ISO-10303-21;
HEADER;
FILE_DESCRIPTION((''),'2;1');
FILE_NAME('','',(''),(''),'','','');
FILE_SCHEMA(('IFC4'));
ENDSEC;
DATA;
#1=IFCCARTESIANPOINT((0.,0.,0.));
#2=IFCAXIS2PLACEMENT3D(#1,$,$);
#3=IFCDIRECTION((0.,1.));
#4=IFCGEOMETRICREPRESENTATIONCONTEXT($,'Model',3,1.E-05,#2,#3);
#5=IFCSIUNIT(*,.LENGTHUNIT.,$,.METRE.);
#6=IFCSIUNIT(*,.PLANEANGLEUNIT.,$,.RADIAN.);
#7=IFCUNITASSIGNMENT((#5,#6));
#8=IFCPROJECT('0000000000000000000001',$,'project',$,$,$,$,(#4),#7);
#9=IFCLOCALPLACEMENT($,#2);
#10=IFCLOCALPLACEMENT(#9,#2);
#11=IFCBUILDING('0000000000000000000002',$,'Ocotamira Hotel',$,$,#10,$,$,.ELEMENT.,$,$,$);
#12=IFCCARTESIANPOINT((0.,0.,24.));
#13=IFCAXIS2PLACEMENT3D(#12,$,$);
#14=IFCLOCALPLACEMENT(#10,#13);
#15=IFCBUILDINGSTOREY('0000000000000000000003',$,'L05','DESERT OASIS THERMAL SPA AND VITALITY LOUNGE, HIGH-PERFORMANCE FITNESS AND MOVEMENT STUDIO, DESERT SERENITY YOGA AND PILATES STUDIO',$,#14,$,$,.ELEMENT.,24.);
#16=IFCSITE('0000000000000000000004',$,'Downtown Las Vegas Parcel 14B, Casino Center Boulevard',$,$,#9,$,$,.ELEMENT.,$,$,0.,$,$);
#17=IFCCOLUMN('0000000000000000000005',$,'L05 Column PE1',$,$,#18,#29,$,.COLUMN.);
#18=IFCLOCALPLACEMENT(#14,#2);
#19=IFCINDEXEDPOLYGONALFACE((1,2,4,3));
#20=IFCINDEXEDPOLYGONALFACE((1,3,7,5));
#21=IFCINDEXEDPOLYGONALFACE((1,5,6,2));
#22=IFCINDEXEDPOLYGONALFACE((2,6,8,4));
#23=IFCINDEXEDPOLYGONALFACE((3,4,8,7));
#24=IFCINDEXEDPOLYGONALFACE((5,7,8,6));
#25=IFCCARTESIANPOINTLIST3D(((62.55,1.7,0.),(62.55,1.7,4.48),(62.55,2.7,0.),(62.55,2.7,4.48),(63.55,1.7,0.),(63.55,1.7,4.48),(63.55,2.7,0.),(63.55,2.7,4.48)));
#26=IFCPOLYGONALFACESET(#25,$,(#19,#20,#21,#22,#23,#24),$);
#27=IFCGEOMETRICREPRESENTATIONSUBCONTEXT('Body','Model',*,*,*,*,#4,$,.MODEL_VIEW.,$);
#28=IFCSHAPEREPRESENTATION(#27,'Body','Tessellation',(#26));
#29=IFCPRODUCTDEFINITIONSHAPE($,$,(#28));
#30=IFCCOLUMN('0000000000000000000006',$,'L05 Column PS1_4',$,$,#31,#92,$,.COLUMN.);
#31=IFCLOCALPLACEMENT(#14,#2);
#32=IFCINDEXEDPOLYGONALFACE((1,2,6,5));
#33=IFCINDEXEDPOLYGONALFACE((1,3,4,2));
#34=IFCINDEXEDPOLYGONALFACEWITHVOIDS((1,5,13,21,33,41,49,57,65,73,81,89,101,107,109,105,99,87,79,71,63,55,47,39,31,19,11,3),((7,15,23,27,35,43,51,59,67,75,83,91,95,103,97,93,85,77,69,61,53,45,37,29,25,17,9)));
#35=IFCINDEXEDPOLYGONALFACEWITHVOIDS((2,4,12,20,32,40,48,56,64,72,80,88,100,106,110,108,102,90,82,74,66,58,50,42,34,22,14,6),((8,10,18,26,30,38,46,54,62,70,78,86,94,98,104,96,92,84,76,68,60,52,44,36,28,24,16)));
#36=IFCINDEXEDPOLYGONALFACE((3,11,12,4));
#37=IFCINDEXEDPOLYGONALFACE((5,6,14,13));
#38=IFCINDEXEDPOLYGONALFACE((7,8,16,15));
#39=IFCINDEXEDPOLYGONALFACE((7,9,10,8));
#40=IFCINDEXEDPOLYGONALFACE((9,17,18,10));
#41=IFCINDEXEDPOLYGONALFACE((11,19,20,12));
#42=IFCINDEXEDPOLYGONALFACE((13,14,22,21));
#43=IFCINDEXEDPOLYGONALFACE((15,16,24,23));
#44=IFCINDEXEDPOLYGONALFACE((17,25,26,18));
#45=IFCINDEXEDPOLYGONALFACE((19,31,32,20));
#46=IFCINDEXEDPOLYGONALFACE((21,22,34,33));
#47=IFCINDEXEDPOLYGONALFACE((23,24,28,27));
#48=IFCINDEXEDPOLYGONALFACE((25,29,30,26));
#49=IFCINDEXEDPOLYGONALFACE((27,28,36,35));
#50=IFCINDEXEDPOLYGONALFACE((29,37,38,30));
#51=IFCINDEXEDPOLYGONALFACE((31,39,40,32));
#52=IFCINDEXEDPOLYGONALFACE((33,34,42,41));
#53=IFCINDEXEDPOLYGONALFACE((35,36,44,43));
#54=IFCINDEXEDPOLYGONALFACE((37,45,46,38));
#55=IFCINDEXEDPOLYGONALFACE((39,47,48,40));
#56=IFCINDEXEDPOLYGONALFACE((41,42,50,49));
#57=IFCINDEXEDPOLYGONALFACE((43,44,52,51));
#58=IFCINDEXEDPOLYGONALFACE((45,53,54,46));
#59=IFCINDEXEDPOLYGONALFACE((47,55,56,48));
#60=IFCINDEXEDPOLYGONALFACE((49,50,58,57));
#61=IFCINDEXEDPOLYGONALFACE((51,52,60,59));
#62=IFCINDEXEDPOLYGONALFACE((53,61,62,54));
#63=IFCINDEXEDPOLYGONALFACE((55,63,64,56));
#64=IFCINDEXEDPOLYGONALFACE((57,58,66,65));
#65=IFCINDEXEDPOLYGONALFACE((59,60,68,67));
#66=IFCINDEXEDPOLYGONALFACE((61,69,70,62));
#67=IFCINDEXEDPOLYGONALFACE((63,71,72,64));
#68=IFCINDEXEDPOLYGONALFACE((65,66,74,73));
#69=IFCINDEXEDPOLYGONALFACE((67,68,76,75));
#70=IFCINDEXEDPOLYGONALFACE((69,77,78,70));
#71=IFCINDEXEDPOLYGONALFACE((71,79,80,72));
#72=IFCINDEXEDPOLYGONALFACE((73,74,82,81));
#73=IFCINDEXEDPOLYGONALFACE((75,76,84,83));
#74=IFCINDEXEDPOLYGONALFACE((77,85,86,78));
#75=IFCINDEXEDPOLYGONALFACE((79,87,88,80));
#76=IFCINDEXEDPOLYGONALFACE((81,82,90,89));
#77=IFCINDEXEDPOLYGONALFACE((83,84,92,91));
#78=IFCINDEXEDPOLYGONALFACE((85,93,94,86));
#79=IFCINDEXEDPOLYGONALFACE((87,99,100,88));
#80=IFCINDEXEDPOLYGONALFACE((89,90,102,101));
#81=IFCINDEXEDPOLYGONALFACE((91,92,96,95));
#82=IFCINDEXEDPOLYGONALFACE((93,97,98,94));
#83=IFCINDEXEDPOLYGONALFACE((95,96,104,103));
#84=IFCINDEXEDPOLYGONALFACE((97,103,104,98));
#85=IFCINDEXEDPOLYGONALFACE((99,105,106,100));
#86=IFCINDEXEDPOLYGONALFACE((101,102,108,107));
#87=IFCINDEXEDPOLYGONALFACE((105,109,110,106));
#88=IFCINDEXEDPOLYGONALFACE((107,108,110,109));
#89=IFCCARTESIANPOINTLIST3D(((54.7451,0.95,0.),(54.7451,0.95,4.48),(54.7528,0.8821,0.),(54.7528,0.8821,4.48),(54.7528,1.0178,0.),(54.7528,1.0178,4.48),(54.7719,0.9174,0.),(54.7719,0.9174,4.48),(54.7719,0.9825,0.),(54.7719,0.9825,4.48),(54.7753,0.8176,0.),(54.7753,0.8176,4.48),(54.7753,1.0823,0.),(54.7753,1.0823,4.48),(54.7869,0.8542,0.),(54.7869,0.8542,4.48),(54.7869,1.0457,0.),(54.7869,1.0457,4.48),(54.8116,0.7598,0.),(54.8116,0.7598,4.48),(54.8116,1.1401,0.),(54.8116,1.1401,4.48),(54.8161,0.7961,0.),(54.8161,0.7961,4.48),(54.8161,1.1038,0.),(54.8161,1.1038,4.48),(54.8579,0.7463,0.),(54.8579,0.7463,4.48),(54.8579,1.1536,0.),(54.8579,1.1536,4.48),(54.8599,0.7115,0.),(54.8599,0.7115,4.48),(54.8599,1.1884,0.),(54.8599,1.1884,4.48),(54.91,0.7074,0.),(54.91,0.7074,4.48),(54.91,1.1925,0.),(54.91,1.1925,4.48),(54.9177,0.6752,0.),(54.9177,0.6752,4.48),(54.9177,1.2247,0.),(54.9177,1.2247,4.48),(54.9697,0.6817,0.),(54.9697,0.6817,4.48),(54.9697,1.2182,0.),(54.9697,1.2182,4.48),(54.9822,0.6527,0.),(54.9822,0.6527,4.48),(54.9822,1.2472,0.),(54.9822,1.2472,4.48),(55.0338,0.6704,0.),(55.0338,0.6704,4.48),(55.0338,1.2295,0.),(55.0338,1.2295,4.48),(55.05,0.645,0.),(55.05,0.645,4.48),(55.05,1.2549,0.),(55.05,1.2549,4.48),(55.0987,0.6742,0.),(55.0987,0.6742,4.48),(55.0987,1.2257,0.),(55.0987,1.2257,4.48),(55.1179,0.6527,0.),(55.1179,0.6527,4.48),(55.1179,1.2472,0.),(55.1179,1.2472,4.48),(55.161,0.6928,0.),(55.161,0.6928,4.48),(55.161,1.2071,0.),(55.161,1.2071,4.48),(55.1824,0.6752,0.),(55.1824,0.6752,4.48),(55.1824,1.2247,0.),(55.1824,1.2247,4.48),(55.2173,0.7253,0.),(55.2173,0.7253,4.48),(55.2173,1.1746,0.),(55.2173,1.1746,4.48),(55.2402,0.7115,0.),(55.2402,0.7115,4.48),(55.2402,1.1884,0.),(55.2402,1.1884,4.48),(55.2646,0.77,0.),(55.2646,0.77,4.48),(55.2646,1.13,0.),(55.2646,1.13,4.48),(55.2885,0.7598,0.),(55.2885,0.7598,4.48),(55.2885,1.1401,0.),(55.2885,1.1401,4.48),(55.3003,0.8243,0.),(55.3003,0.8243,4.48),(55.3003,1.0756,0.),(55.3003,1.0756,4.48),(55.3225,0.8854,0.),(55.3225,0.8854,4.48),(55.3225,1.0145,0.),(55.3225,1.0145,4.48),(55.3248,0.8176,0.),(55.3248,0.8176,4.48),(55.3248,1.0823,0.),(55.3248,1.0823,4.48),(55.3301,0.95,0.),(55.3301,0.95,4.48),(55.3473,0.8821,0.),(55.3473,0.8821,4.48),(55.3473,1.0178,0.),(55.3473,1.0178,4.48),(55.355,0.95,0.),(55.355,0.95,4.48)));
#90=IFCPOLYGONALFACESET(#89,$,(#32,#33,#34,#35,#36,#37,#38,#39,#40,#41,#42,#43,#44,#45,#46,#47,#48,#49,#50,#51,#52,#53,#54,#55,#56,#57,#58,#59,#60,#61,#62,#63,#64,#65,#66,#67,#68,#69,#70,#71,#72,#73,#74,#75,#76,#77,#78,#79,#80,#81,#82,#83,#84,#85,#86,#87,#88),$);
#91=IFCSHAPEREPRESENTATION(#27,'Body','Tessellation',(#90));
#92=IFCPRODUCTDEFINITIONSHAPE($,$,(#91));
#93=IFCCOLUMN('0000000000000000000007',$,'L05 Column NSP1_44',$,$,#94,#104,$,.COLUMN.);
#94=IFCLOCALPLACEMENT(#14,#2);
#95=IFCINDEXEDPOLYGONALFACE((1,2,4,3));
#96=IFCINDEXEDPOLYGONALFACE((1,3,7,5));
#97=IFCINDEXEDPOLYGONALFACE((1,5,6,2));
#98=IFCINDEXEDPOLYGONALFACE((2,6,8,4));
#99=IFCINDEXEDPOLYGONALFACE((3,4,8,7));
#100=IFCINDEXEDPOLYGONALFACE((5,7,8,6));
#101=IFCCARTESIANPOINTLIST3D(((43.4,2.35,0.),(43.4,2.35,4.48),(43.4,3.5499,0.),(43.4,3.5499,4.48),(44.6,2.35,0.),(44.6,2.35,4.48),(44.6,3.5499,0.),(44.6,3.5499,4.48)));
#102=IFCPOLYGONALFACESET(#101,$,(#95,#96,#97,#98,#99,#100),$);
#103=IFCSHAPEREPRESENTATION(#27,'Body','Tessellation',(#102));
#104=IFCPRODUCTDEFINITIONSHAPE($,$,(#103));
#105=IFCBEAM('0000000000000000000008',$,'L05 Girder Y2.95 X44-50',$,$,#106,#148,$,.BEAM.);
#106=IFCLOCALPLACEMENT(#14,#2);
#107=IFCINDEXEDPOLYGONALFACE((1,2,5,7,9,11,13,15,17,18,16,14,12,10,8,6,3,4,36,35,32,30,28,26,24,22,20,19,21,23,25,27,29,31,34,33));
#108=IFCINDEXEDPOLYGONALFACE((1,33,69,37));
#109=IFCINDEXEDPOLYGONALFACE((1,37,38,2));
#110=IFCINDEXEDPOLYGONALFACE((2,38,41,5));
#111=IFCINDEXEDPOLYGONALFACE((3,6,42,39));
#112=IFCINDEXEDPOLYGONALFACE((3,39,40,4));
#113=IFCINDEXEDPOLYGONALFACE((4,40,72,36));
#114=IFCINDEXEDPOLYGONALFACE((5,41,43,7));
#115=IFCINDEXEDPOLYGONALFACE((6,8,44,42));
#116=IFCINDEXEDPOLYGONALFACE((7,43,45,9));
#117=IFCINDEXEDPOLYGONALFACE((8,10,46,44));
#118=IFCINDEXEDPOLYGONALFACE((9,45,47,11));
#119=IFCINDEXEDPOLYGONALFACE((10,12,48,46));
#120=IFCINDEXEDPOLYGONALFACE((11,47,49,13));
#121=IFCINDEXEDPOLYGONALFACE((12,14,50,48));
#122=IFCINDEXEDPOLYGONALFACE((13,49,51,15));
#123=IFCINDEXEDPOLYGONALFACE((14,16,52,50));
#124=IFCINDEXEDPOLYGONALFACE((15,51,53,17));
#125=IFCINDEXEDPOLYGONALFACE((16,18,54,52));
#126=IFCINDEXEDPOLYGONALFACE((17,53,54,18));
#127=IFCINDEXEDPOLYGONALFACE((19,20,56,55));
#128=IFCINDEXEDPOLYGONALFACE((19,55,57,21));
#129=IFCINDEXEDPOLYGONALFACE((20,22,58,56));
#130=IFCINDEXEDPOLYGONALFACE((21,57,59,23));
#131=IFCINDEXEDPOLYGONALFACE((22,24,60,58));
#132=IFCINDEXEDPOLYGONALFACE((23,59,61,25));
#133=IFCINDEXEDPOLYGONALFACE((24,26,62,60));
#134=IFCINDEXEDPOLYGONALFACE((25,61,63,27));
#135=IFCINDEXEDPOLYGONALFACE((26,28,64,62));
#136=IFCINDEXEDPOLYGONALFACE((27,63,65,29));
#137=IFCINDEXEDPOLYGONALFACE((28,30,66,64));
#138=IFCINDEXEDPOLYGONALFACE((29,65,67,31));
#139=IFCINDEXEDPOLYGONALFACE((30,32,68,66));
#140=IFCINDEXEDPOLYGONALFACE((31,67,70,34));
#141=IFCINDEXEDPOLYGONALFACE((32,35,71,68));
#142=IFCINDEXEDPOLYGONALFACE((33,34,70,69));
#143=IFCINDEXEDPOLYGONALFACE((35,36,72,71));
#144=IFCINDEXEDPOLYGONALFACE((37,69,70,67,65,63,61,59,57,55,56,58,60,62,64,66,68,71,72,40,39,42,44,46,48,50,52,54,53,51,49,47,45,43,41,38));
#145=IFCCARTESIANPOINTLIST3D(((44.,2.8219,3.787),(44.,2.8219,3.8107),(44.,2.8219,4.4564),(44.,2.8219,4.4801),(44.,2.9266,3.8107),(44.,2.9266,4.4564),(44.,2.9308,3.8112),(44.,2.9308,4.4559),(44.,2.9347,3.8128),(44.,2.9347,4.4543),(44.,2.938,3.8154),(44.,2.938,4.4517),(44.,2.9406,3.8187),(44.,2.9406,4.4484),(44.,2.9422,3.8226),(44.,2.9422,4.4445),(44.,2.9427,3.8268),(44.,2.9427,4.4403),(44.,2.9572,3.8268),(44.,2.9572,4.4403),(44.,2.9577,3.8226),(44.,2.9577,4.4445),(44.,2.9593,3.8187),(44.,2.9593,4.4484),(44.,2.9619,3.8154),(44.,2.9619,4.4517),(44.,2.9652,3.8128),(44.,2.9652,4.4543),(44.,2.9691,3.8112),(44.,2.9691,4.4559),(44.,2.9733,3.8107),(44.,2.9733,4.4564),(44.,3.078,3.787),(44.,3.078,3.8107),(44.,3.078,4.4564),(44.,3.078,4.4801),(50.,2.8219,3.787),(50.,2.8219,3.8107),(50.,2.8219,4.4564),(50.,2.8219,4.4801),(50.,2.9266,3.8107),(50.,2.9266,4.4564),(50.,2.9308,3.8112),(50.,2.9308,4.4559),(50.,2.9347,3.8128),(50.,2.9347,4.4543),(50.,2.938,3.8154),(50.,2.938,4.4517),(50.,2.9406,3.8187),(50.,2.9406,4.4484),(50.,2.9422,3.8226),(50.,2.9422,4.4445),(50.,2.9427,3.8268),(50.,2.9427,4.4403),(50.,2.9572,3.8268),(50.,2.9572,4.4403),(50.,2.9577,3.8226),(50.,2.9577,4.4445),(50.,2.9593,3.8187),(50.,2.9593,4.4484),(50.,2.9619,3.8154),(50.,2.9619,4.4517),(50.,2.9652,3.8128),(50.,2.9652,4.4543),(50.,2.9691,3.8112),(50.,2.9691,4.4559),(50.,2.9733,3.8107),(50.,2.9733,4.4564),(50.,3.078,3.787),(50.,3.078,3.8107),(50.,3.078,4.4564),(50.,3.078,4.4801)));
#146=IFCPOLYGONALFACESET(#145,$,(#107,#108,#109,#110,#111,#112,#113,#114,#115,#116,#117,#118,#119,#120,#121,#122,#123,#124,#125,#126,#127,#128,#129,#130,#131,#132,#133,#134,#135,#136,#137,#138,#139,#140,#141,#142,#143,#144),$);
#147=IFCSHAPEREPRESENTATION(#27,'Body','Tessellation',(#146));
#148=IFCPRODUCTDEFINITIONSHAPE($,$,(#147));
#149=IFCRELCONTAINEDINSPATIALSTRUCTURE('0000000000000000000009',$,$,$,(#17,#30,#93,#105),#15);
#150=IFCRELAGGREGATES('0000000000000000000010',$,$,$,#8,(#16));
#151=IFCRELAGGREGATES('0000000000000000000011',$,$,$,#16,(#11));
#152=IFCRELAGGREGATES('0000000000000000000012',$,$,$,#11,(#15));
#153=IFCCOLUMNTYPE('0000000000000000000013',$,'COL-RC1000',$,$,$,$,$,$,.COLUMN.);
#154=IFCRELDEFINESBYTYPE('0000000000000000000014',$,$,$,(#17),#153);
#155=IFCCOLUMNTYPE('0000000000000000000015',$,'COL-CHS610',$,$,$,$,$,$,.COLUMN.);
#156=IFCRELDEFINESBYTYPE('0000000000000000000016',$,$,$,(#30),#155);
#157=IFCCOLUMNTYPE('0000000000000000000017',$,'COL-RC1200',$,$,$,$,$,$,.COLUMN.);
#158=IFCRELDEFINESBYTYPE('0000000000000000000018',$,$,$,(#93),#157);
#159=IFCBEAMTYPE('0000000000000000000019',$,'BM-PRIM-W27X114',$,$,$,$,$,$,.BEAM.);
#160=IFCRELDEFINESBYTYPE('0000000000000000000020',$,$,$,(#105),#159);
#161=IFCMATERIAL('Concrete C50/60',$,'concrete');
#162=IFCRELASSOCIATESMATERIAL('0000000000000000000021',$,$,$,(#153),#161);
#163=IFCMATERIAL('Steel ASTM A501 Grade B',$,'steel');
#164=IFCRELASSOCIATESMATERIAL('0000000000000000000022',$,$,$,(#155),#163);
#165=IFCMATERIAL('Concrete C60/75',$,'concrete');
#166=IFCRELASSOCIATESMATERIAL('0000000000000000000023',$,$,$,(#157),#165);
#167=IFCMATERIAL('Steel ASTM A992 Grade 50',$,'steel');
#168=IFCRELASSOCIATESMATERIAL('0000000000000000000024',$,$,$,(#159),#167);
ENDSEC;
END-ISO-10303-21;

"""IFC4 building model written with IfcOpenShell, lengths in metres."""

from ifc_helpers import new_model, si_unit, direction, frame, origin, origin_2d, place, context, subcontext, project, spatial, rectangle, hollow_circle, i_section, extrude, source, transform, mapped, material, material_profile, profile_set, type_object, element, save


model = new_model("IFC4")

# Units and contexts
model_context = context("Model", 3, precision=1e-05, world=origin(), true_north=direction((0.0, 1.0)))
body_context = subcontext(model_context, "Body", "Model", "MODEL_VIEW")
ifc_project = project(units=[si_unit("LENGTHUNIT", "METRE"), si_unit("PLANEANGLEUNIT", "RADIAN")], contexts=[model_context])

# Site, building, storey
site_placement = place(None, origin())
site = spatial("IfcSite", under=ifc_project, at=site_placement, Name="Downtown Las Vegas Parcel 14B, Casino Center Boulevard", CompositionType="ELEMENT", RefElevation=0.0)
building_placement = place(site_placement, origin())
building = spatial("IfcBuilding", under=site, at=building_placement, Name="Ocotamira Hotel", CompositionType="ELEMENT")
storey_placement = place(building_placement, frame((0.0, 0.0, 24.0)))
storey = spatial("IfcBuildingStorey", under=building, at=storey_placement, Name="L05", Description="DESERT OASIS THERMAL SPA AND VITALITY LOUNGE, HIGH-PERFORMANCE FITNESS AND MOVEMENT STUDIO, DESERT SERENITY YOGA AND PILATES STUDIO", CompositionType="ELEMENT", Elevation=24.0)

# Columns
ifc_material_1 = material(Name="Concrete C50/60", Category="concrete")
ifc_material_profile_1 = material_profile(ifc_material_1, rectangle(XDim=1.0, YDim=1.0, at=origin_2d()), Name="RC1000X1000")
ifc_profile_set_1 = profile_set([ifc_material_profile_1], Name="Concrete C50/60")
column_type_1 = type_object("IfcColumnType", Name="COL-RC1000", PredefinedType="COLUMN", material=ifc_profile_set_1)
shared_shape_1 = source(origin(), body_context, "Body", "SweptSolid", [
    extrude(rectangle(XDim=1.0, YDim=1.0, at=origin_2d()), origin(), (0.0, 0.0, 1.0), 4.48),
])
column_1_placement = place(storey_placement, frame((63.05, 2.2, 0.0), z_axis=(0.0, 0.0, 1.0), x_axis=(1.0, 0.0, 0.0)))
element("IfcColumn", 1, at=column_1_placement, inside=storey, type_object=column_type_1, Name="L05 Column PE1", PredefinedType="COLUMN", context=body_context, shape_type="MappedRepresentation", body=[
    mapped(shared_shape_1, transform((0.0, 0.0, 0.0), scale=1.0)),
])
ifc_material_2 = material(Name="Steel ASTM A501 Grade B", Category="steel")
ifc_material_profile_2 = material_profile(ifc_material_2, hollow_circle(Radius=0.3049, WallThickness=0.0249, at=origin_2d()), Name="CHS610X25")
ifc_profile_set_2 = profile_set([ifc_material_profile_2], Name="Steel ASTM A501 Grade B")
column_type_2 = type_object("IfcColumnType", Name="COL-CHS610", PredefinedType="COLUMN", material=ifc_profile_set_2)
shared_shape_2 = source(origin(), body_context, "Body", "SweptSolid", [
    extrude(hollow_circle(Radius=0.3049, WallThickness=0.0249, at=origin_2d()), origin(), (0.0, 0.0, 1.0), 4.48),
])
column_2_placement = place(storey_placement, frame((55.05, 0.95, 0.0), z_axis=(0.0, 0.0, 1.0), x_axis=(1.0, 0.0, 0.0)))
element("IfcColumn", 2, at=column_2_placement, inside=storey, type_object=column_type_2, Name="L05 Column PS1_4", PredefinedType="COLUMN", context=body_context, shape_type="MappedRepresentation", body=[
    mapped(shared_shape_2, transform((0.0, 0.0, 0.0), scale=1.0)),
])
ifc_material_3 = material(Name="Concrete C60/75", Category="concrete")
ifc_material_profile_3 = material_profile(ifc_material_3, rectangle(XDim=1.2, YDim=1.2, at=origin_2d()), Name="RC1200X1200")
ifc_profile_set_3 = profile_set([ifc_material_profile_3], Name="Concrete C60/75")
column_type_3 = type_object("IfcColumnType", Name="COL-RC1200", PredefinedType="COLUMN", material=ifc_profile_set_3)
shared_shape_3 = source(origin(), body_context, "Body", "SweptSolid", [
    extrude(rectangle(XDim=1.2, YDim=1.2, at=origin_2d()), origin(), (0.0, 0.0, 1.0), 4.48),
])
column_3_placement = place(storey_placement, frame((44.0, 2.95, 0.0), z_axis=(0.0, 0.0, 1.0), x_axis=(1.0, 0.0, 0.0)))
element("IfcColumn", 3, at=column_3_placement, inside=storey, type_object=column_type_3, Name="L05 Column NSP1_44", PredefinedType="COLUMN", context=body_context, shape_type="MappedRepresentation", body=[
    mapped(shared_shape_3, transform((0.0, 0.0, 0.0), scale=1.0)),
])

# Beam
ifc_material_4 = material(Name="Steel ASTM A992 Grade 50", Category="steel")
ifc_material_profile_4 = material_profile(ifc_material_4, i_section(OverallWidth=0.2561, OverallDepth=0.6931, WebThickness=0.0144, FlangeThickness=0.0237, FilletRadius=0.0161, at=origin_2d()), Name="W27X114")
ifc_profile_set_4 = profile_set([ifc_material_profile_4], Name="Steel ASTM A992 Grade 50")
beam_type_1 = type_object("IfcBeamType", Name="BM-PRIM-W27X114", PredefinedType="BEAM", material=ifc_profile_set_4)
shared_shape_4 = source(origin(), body_context, "Body", "SweptSolid", [
    extrude(i_section(OverallWidth=0.2561, OverallDepth=0.6931, WebThickness=0.0144, FlangeThickness=0.0237, FilletRadius=0.0161, at=origin_2d()), origin(), (0.0, 0.0, 1.0), 6.0),
])
beam_1_placement = place(storey_placement, frame((44.0, 2.95, 4.1335), z_axis=(1.0, 0.0, 0.0), x_axis=(0.0, 1.0, 0.0)))
element("IfcBeam", 4, at=beam_1_placement, inside=storey, type_object=beam_type_1, Name="L05 Girder Y2.95 X44-50", PredefinedType="BEAM", context=body_context, shape_type="MappedRepresentation", body=[
    mapped(shared_shape_4, transform((0.0, 0.0, 0.0), scale=1.0)),
])

save(model, "model.ifc")
